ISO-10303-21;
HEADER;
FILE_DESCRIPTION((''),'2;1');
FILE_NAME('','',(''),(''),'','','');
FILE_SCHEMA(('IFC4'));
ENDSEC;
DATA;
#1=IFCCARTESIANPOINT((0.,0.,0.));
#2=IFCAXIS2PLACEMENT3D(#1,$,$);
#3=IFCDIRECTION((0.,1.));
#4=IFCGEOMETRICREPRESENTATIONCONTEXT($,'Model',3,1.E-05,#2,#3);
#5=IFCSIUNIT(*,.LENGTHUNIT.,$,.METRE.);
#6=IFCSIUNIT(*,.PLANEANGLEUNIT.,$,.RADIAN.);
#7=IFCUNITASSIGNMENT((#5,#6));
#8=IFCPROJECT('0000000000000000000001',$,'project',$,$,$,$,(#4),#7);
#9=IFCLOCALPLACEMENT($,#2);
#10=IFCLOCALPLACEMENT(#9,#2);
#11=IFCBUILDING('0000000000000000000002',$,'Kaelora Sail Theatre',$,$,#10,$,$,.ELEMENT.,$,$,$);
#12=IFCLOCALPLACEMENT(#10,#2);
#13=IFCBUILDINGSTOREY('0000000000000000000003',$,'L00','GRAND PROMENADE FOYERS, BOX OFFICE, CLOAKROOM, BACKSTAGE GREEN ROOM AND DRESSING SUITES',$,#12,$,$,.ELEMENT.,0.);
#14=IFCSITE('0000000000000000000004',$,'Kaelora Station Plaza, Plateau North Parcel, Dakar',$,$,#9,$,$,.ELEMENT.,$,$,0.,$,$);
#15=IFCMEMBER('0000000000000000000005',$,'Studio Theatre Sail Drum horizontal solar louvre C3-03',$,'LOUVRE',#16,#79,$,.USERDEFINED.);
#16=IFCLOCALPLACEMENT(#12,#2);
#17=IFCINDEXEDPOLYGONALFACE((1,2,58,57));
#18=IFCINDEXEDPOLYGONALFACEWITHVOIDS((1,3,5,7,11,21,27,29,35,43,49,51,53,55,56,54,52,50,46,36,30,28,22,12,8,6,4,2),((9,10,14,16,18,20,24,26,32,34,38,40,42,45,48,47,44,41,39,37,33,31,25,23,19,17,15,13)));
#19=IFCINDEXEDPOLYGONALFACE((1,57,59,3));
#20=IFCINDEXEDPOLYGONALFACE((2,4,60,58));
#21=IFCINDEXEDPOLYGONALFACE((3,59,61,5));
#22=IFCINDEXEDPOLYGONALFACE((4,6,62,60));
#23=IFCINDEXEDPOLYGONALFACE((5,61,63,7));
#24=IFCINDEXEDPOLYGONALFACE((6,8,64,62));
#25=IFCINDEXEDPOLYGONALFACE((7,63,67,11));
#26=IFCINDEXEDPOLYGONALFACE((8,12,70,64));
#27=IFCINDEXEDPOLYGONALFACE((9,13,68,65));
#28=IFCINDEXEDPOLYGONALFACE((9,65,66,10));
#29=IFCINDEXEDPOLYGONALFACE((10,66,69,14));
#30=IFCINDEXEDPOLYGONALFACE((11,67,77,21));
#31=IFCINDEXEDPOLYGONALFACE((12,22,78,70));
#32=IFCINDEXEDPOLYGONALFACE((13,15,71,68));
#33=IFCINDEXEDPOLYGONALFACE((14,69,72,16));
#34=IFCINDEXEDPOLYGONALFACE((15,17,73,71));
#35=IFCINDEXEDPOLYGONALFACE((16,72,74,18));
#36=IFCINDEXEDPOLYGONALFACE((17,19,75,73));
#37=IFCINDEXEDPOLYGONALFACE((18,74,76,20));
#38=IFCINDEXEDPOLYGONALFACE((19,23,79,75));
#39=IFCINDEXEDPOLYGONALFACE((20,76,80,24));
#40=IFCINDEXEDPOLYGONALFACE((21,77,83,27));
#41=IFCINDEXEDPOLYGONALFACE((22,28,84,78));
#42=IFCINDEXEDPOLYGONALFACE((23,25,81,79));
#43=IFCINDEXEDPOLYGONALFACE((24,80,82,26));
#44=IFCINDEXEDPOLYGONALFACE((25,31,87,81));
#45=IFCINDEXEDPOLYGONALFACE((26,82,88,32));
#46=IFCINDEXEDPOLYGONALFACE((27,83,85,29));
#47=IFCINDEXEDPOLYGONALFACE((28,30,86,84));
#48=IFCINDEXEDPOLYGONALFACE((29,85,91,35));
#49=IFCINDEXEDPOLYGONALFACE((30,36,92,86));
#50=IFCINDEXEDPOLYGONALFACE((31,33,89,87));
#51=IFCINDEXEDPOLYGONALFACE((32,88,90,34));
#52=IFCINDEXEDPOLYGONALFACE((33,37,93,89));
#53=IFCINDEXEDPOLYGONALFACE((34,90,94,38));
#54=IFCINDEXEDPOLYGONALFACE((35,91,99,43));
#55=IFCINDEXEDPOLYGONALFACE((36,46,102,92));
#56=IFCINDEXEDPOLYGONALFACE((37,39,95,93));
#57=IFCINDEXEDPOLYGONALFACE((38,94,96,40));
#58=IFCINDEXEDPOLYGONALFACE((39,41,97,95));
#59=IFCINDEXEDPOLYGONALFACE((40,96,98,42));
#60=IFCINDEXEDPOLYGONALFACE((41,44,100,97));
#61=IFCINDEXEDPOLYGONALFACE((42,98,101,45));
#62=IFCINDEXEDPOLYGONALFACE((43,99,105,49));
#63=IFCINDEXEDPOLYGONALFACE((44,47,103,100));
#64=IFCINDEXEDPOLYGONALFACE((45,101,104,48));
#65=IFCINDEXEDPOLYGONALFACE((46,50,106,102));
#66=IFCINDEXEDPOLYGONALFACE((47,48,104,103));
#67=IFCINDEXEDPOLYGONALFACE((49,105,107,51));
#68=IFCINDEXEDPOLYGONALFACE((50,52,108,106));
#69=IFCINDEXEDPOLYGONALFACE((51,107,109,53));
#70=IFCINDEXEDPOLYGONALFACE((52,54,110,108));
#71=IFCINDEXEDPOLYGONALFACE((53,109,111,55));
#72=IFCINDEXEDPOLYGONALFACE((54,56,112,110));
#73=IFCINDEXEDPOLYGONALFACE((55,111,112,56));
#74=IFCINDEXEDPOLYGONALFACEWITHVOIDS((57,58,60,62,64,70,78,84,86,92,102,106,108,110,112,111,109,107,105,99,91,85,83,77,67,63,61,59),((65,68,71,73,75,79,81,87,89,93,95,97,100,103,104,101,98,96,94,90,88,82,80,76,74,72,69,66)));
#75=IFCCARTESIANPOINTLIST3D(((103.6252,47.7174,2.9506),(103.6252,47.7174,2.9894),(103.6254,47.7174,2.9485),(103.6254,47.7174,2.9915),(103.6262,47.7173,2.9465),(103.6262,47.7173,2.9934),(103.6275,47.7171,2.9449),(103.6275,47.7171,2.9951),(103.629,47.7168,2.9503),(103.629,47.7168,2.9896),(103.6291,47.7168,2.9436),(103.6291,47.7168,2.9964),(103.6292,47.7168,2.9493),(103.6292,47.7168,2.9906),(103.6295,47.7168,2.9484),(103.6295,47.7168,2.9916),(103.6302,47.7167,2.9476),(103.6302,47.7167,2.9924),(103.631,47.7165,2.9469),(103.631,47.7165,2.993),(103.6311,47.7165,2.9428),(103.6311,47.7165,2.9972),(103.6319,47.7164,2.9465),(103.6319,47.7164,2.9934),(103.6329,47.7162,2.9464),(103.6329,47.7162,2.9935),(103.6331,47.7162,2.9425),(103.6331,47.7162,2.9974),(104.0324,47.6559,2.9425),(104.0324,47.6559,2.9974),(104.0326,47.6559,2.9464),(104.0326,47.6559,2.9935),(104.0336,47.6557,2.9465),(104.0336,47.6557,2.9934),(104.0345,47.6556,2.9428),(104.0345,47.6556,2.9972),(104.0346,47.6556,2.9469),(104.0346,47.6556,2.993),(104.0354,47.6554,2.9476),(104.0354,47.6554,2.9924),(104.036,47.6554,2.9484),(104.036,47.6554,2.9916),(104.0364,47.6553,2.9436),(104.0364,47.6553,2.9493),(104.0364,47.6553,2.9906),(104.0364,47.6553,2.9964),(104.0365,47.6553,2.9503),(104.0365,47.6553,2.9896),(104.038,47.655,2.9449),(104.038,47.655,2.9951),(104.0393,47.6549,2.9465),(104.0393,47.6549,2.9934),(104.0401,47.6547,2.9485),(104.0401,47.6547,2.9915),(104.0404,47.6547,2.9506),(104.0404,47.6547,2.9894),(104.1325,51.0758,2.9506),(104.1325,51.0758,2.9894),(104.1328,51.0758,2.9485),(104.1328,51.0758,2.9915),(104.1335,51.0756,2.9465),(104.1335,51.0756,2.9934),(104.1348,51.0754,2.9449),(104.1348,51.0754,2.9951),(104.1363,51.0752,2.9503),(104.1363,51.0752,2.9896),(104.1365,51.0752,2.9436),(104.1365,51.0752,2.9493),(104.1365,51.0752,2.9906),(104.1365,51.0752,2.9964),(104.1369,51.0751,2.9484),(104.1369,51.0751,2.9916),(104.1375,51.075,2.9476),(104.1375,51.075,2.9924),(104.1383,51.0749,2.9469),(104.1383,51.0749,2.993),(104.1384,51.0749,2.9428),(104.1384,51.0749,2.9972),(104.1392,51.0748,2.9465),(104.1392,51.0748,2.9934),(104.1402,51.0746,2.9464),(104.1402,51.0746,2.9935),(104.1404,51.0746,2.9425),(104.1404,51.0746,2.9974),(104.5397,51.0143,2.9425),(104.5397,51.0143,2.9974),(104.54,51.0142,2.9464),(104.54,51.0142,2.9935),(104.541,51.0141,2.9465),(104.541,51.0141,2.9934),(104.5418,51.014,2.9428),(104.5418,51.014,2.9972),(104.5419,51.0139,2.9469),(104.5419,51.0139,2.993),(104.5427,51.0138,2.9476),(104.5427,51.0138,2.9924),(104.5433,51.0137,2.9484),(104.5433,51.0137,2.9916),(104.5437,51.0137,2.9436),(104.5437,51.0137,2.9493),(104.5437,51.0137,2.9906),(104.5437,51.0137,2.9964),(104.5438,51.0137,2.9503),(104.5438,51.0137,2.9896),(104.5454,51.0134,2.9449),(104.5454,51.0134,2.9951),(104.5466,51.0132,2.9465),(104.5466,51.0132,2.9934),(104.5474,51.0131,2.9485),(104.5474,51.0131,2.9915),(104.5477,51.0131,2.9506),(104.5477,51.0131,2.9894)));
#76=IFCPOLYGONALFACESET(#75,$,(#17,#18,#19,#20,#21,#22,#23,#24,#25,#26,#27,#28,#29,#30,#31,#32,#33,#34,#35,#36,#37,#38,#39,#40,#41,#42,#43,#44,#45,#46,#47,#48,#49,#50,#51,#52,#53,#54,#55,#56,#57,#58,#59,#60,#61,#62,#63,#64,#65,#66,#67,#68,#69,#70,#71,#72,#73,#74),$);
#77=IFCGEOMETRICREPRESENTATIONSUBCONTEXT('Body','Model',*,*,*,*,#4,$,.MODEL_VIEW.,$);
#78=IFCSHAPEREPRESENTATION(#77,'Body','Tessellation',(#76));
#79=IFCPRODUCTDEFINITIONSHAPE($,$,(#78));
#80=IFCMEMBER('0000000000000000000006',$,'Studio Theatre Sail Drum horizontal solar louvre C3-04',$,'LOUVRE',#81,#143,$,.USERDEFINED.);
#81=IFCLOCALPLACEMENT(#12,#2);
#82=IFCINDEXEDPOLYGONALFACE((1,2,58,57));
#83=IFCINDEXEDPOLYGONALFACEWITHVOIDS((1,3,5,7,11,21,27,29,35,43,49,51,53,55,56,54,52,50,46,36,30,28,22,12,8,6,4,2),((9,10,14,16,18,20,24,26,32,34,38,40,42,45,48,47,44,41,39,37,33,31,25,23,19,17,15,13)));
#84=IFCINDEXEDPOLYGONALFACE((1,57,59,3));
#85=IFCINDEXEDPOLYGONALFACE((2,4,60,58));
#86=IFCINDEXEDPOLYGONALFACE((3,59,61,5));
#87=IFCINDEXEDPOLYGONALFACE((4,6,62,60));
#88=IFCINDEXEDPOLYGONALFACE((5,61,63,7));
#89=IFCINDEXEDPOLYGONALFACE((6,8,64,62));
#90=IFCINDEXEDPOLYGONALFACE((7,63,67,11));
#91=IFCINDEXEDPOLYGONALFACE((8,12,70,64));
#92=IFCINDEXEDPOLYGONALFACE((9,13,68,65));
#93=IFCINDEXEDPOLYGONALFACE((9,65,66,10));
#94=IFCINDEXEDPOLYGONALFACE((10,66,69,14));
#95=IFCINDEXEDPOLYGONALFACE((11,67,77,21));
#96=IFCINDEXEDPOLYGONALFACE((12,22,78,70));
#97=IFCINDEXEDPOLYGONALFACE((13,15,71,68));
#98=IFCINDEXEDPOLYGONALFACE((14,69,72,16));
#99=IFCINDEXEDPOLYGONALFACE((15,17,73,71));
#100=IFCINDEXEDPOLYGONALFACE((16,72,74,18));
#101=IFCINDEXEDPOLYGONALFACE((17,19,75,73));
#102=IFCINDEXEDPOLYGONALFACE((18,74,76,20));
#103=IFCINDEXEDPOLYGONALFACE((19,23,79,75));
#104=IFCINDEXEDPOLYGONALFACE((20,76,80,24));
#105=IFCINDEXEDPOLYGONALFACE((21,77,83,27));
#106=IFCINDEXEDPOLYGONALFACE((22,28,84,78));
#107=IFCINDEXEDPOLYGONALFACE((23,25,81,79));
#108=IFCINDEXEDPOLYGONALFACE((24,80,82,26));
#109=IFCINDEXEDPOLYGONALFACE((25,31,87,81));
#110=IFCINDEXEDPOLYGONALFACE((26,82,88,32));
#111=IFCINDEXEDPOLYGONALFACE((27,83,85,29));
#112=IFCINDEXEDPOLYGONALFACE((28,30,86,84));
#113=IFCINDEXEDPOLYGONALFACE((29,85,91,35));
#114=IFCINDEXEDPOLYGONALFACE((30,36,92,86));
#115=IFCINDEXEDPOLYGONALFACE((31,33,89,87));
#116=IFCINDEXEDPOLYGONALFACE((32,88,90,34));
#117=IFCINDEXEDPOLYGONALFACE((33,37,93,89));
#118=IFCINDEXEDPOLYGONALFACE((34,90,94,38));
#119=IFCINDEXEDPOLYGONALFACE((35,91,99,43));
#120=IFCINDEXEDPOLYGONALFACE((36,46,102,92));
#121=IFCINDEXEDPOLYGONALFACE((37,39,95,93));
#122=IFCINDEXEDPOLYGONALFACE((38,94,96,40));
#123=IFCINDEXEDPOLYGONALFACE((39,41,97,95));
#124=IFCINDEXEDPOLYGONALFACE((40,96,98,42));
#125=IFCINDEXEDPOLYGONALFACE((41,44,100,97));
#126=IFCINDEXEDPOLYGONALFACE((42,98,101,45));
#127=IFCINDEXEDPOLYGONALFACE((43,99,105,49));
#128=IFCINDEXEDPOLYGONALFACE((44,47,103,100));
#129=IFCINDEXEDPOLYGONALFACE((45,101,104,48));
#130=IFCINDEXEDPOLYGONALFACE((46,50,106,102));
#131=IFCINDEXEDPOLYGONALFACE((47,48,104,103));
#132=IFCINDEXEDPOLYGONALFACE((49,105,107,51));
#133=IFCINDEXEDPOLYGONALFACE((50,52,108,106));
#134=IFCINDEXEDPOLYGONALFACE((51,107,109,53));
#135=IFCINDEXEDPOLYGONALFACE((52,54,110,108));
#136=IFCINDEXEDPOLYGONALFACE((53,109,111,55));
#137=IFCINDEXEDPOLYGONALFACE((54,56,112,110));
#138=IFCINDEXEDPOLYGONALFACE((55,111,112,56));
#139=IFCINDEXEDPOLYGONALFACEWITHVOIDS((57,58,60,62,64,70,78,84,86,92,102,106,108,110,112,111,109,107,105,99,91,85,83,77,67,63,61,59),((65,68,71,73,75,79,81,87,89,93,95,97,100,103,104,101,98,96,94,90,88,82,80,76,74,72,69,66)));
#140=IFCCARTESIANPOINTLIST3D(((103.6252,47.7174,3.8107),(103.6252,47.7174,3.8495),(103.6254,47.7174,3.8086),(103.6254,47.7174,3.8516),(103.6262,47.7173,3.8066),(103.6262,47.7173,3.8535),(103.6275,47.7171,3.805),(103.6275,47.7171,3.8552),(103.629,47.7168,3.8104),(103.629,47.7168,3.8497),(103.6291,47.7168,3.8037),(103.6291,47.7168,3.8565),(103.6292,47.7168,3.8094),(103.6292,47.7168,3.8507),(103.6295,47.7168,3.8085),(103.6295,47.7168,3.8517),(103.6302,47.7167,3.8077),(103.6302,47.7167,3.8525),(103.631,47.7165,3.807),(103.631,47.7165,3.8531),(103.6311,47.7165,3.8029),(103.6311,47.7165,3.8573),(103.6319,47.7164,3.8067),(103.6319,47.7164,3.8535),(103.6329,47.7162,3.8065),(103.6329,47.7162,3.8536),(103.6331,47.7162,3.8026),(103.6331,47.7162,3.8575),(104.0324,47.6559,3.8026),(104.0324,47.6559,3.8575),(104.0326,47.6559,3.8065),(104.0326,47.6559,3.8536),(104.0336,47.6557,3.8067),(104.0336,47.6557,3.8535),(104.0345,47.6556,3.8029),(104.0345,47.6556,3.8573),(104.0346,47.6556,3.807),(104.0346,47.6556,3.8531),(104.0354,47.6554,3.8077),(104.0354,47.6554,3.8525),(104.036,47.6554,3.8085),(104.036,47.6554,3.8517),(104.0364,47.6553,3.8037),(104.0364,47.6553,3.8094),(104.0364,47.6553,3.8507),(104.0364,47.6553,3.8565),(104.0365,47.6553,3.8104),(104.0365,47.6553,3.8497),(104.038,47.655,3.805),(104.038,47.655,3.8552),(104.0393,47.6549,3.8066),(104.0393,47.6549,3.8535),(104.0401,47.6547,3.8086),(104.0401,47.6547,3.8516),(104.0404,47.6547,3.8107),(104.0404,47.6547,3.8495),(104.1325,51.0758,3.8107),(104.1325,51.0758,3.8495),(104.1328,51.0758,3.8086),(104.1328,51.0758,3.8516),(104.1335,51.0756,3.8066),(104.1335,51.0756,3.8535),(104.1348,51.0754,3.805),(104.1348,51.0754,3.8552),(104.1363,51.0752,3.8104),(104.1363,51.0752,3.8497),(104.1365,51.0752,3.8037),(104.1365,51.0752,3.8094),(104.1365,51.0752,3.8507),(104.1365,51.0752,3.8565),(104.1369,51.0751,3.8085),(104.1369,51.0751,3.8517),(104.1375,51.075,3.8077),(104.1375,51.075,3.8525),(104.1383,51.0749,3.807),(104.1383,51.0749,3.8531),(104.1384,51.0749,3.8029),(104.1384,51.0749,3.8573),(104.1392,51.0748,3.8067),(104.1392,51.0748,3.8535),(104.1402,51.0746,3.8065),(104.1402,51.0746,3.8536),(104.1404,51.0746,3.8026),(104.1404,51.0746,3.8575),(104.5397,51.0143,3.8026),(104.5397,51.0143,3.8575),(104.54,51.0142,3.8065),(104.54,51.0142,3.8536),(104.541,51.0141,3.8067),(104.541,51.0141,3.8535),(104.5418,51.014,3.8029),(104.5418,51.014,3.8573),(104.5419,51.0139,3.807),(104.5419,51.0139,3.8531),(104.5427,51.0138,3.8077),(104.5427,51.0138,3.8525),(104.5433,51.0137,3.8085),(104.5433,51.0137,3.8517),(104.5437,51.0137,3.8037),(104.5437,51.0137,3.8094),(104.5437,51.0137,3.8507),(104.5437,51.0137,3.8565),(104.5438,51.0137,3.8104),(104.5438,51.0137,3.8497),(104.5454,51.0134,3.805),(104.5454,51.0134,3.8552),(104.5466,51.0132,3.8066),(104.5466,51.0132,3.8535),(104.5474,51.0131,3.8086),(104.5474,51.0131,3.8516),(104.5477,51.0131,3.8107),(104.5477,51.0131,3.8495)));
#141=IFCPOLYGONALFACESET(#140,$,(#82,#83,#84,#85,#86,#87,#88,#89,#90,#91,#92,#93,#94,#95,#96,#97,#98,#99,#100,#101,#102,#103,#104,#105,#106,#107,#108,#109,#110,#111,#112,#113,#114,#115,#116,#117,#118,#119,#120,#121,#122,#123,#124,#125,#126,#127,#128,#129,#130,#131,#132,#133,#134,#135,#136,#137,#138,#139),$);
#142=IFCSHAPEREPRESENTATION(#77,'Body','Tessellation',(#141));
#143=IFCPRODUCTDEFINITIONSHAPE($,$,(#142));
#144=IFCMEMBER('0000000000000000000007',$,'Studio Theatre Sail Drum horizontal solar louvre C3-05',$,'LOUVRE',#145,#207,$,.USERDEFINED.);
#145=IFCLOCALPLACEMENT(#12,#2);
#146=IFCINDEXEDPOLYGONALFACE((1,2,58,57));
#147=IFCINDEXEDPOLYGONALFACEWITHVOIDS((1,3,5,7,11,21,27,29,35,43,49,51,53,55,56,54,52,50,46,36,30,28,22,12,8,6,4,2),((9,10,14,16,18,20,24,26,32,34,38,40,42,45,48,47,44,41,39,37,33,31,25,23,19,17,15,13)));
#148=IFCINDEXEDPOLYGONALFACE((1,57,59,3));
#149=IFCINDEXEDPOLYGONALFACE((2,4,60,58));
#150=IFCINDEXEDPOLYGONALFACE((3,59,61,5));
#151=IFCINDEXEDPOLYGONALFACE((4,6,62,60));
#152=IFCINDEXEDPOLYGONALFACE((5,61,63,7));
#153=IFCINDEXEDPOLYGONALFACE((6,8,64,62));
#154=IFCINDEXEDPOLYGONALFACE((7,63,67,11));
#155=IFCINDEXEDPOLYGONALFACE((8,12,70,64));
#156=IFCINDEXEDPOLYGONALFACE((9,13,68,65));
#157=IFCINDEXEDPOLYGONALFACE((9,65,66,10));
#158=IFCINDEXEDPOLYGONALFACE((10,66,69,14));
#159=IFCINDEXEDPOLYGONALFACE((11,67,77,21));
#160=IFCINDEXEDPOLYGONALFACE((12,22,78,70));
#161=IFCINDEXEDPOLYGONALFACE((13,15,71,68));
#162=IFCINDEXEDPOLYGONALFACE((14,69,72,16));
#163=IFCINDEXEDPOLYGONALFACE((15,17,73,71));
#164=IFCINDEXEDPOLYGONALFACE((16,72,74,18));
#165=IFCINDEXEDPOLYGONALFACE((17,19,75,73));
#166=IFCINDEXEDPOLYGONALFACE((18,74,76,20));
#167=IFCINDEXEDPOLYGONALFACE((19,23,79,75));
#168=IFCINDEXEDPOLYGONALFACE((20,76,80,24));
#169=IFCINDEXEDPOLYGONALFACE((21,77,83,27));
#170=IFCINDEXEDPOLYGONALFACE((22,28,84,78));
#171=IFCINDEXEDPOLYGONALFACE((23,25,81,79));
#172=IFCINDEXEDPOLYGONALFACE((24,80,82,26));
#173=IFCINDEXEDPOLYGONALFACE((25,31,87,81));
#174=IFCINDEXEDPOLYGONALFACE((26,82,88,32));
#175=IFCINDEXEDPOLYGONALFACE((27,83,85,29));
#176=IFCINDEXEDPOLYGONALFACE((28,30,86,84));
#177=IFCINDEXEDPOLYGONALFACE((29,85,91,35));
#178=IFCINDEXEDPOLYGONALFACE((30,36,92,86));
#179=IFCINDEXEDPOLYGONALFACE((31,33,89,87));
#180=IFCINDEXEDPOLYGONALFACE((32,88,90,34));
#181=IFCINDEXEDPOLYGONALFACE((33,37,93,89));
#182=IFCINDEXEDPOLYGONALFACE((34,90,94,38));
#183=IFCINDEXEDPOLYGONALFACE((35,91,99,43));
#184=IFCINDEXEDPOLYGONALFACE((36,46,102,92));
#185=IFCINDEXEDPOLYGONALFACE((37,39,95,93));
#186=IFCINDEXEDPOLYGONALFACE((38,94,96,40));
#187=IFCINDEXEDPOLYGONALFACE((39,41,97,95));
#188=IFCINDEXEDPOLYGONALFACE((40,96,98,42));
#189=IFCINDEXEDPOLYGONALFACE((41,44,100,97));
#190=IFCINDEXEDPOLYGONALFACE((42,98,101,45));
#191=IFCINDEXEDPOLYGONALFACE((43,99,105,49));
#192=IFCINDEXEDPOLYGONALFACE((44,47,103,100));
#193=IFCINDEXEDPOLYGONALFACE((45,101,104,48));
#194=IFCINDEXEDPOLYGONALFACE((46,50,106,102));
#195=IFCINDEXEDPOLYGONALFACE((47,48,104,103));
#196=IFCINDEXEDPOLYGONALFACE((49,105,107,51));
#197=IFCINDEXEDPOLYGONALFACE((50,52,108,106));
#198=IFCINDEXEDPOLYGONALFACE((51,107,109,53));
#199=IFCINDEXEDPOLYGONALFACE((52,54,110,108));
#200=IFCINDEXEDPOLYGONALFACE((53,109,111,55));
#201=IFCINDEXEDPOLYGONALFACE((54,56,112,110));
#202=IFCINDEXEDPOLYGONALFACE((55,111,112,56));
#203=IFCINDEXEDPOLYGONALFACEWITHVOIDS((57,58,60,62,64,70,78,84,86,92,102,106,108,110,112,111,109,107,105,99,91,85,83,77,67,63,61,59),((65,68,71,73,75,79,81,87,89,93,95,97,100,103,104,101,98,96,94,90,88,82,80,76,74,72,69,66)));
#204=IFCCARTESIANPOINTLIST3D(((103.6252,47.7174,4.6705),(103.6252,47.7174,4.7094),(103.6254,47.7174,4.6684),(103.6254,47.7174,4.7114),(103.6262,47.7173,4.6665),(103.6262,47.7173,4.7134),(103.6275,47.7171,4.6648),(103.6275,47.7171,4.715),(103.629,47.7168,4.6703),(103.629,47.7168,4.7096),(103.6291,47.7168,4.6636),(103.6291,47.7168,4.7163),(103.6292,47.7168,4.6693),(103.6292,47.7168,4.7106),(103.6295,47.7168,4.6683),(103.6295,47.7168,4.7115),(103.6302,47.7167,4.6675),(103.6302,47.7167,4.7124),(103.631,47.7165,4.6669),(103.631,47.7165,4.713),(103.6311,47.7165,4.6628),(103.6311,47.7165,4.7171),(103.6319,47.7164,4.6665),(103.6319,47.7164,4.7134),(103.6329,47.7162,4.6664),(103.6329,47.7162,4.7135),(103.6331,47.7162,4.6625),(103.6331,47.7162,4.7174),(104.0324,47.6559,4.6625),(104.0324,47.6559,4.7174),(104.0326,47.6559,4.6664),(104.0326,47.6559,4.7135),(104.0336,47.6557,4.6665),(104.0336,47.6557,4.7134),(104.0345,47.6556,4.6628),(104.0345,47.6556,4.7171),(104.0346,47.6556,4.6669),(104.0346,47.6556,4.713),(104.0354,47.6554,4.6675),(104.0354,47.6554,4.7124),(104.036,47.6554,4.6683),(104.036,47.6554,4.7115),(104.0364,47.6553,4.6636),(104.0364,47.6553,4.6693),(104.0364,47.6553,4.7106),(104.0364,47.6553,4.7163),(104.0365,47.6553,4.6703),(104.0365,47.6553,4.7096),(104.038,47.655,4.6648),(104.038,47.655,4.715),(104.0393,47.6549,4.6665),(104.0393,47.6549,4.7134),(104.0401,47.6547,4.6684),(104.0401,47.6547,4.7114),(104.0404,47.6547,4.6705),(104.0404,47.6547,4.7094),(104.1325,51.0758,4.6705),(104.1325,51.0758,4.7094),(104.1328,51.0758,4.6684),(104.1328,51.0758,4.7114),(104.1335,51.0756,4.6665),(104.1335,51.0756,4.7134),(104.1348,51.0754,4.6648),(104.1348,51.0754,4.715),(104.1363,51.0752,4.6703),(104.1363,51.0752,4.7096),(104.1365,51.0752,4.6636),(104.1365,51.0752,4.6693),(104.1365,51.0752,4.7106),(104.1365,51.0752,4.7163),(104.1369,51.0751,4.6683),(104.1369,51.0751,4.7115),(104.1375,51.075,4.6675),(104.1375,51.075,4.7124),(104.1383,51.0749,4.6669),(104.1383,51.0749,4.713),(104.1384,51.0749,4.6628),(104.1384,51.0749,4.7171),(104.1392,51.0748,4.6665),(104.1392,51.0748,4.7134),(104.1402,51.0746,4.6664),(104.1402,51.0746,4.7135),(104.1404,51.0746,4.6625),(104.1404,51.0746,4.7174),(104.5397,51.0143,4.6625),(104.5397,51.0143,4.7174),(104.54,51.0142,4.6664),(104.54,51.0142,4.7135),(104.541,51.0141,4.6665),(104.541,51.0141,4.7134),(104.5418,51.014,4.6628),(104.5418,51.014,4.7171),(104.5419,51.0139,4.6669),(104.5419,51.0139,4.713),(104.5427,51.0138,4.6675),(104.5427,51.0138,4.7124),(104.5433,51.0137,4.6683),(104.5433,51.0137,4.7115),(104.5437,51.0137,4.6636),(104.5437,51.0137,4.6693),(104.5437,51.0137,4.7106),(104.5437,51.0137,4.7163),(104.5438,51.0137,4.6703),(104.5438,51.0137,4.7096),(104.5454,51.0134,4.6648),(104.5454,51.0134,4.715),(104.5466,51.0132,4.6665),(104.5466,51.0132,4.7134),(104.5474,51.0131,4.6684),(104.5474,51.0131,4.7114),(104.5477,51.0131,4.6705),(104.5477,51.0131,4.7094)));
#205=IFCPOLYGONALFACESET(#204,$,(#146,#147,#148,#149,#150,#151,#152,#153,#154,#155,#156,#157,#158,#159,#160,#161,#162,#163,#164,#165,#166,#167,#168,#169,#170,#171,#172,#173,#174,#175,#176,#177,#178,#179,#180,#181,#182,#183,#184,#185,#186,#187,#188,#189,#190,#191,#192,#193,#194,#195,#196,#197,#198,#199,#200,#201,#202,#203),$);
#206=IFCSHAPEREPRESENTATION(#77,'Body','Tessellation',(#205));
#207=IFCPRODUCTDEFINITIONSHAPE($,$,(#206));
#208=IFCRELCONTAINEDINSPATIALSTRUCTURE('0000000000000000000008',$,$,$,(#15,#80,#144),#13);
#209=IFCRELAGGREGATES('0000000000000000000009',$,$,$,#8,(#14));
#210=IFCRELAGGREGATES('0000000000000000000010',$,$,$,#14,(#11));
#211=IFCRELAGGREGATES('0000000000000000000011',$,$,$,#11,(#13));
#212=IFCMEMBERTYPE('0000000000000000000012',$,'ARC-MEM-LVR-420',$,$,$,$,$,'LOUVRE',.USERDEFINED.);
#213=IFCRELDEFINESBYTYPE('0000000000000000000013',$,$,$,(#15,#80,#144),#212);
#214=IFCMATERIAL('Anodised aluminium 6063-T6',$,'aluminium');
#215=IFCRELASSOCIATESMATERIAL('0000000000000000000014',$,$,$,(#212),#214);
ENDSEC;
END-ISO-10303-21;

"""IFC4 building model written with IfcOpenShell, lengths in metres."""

from ifc_helpers import new_model, si_unit, direction, frame, origin, origin_2d, place, context, subcontext, project, spatial, hollow_rectangle, extrude, material, material_profile, profile_set, type_object, element, save


model = new_model("IFC4")

# Units and contexts
model_context = context("Model", 3, precision=1e-05, world=origin(), true_north=direction((0.0, 1.0)))
body_context = subcontext(model_context, "Body", "Model", "MODEL_VIEW")
ifc_project = project(units=[si_unit("LENGTHUNIT", "METRE"), si_unit("PLANEANGLEUNIT", "RADIAN")], contexts=[model_context])

# Site, building, storey
site_placement = place(None, origin())
site = spatial("IfcSite", under=ifc_project, at=site_placement, Name="Kaelora Station Plaza, Plateau North Parcel, Dakar", CompositionType="ELEMENT", RefElevation=0.0)
building_placement = place(site_placement, origin())
building = spatial("IfcBuilding", under=site, at=building_placement, Name="Kaelora Sail Theatre", CompositionType="ELEMENT")
storey_placement = place(building_placement, origin())
storey = spatial("IfcBuildingStorey", under=building, at=storey_placement, Name="L00", Description="GRAND PROMENADE FOYERS, BOX OFFICE, CLOAKROOM, BACKSTAGE GREEN ROOM AND DRESSING SUITES", CompositionType="ELEMENT", Elevation=0.0)

# Members
ifc_material_1 = material(Name="Anodised aluminium 6063-T6", Category="aluminium")
ifc_material_profile_1 = material_profile(ifc_material_1, hollow_rectangle(XDim=0.4199, YDim=0.0549, WallThickness=0.0039, InnerFilletRadius=0.0039, OuterFilletRadius=0.0081, at=origin_2d()), Name="LOUVRE 420x55x4")
ifc_profile_set_1 = profile_set([ifc_material_profile_1], Name="Anodised aluminium 6063-T6")
member_type_1 = type_object("IfcMemberType", Name="ARC-MEM-LVR-420", ElementType="LOUVRE", PredefinedType="USERDEFINED", material=ifc_profile_set_1)
for number, where, z_axis, x_axis, name in (
    (1, (104.3401, 51.0444, 2.97), (-0.149367, -0.988782, 0.0), (0.988782, -0.149367, 0.0), "Studio Theatre Sail Drum horizontal solar louvre C3-03"),
    (2, (104.3401, 51.0444, 3.8301), (-0.149367, -0.988782, 0.0), (0.988782, -0.149367, 0.0), "Studio Theatre Sail Drum horizontal solar louvre C3-04"),
    (3, (104.3401, 51.0444, 4.6899), (-0.149367, -0.988782, 0.0), (0.988782, -0.149367, 0.0), "Studio Theatre Sail Drum horizontal solar louvre C3-05"),
):
    element("IfcMember", number, at=place(storey_placement, frame(where, z_axis=z_axis, x_axis=x_axis)), inside=storey, type_object=member_type_1, Name=name, ObjectType="LOUVRE", PredefinedType="USERDEFINED", context=body_context, shape_type="SweptSolid", body=[
        extrude(hollow_rectangle(XDim=0.4199, YDim=0.0549, WallThickness=0.0039, InnerFilletRadius=0.0039, OuterFilletRadius=0.0081, at=origin_2d()), origin(), (0.0, 0.0, 1.0), 3.3965),
    ])

save(model, "model.ifc")
